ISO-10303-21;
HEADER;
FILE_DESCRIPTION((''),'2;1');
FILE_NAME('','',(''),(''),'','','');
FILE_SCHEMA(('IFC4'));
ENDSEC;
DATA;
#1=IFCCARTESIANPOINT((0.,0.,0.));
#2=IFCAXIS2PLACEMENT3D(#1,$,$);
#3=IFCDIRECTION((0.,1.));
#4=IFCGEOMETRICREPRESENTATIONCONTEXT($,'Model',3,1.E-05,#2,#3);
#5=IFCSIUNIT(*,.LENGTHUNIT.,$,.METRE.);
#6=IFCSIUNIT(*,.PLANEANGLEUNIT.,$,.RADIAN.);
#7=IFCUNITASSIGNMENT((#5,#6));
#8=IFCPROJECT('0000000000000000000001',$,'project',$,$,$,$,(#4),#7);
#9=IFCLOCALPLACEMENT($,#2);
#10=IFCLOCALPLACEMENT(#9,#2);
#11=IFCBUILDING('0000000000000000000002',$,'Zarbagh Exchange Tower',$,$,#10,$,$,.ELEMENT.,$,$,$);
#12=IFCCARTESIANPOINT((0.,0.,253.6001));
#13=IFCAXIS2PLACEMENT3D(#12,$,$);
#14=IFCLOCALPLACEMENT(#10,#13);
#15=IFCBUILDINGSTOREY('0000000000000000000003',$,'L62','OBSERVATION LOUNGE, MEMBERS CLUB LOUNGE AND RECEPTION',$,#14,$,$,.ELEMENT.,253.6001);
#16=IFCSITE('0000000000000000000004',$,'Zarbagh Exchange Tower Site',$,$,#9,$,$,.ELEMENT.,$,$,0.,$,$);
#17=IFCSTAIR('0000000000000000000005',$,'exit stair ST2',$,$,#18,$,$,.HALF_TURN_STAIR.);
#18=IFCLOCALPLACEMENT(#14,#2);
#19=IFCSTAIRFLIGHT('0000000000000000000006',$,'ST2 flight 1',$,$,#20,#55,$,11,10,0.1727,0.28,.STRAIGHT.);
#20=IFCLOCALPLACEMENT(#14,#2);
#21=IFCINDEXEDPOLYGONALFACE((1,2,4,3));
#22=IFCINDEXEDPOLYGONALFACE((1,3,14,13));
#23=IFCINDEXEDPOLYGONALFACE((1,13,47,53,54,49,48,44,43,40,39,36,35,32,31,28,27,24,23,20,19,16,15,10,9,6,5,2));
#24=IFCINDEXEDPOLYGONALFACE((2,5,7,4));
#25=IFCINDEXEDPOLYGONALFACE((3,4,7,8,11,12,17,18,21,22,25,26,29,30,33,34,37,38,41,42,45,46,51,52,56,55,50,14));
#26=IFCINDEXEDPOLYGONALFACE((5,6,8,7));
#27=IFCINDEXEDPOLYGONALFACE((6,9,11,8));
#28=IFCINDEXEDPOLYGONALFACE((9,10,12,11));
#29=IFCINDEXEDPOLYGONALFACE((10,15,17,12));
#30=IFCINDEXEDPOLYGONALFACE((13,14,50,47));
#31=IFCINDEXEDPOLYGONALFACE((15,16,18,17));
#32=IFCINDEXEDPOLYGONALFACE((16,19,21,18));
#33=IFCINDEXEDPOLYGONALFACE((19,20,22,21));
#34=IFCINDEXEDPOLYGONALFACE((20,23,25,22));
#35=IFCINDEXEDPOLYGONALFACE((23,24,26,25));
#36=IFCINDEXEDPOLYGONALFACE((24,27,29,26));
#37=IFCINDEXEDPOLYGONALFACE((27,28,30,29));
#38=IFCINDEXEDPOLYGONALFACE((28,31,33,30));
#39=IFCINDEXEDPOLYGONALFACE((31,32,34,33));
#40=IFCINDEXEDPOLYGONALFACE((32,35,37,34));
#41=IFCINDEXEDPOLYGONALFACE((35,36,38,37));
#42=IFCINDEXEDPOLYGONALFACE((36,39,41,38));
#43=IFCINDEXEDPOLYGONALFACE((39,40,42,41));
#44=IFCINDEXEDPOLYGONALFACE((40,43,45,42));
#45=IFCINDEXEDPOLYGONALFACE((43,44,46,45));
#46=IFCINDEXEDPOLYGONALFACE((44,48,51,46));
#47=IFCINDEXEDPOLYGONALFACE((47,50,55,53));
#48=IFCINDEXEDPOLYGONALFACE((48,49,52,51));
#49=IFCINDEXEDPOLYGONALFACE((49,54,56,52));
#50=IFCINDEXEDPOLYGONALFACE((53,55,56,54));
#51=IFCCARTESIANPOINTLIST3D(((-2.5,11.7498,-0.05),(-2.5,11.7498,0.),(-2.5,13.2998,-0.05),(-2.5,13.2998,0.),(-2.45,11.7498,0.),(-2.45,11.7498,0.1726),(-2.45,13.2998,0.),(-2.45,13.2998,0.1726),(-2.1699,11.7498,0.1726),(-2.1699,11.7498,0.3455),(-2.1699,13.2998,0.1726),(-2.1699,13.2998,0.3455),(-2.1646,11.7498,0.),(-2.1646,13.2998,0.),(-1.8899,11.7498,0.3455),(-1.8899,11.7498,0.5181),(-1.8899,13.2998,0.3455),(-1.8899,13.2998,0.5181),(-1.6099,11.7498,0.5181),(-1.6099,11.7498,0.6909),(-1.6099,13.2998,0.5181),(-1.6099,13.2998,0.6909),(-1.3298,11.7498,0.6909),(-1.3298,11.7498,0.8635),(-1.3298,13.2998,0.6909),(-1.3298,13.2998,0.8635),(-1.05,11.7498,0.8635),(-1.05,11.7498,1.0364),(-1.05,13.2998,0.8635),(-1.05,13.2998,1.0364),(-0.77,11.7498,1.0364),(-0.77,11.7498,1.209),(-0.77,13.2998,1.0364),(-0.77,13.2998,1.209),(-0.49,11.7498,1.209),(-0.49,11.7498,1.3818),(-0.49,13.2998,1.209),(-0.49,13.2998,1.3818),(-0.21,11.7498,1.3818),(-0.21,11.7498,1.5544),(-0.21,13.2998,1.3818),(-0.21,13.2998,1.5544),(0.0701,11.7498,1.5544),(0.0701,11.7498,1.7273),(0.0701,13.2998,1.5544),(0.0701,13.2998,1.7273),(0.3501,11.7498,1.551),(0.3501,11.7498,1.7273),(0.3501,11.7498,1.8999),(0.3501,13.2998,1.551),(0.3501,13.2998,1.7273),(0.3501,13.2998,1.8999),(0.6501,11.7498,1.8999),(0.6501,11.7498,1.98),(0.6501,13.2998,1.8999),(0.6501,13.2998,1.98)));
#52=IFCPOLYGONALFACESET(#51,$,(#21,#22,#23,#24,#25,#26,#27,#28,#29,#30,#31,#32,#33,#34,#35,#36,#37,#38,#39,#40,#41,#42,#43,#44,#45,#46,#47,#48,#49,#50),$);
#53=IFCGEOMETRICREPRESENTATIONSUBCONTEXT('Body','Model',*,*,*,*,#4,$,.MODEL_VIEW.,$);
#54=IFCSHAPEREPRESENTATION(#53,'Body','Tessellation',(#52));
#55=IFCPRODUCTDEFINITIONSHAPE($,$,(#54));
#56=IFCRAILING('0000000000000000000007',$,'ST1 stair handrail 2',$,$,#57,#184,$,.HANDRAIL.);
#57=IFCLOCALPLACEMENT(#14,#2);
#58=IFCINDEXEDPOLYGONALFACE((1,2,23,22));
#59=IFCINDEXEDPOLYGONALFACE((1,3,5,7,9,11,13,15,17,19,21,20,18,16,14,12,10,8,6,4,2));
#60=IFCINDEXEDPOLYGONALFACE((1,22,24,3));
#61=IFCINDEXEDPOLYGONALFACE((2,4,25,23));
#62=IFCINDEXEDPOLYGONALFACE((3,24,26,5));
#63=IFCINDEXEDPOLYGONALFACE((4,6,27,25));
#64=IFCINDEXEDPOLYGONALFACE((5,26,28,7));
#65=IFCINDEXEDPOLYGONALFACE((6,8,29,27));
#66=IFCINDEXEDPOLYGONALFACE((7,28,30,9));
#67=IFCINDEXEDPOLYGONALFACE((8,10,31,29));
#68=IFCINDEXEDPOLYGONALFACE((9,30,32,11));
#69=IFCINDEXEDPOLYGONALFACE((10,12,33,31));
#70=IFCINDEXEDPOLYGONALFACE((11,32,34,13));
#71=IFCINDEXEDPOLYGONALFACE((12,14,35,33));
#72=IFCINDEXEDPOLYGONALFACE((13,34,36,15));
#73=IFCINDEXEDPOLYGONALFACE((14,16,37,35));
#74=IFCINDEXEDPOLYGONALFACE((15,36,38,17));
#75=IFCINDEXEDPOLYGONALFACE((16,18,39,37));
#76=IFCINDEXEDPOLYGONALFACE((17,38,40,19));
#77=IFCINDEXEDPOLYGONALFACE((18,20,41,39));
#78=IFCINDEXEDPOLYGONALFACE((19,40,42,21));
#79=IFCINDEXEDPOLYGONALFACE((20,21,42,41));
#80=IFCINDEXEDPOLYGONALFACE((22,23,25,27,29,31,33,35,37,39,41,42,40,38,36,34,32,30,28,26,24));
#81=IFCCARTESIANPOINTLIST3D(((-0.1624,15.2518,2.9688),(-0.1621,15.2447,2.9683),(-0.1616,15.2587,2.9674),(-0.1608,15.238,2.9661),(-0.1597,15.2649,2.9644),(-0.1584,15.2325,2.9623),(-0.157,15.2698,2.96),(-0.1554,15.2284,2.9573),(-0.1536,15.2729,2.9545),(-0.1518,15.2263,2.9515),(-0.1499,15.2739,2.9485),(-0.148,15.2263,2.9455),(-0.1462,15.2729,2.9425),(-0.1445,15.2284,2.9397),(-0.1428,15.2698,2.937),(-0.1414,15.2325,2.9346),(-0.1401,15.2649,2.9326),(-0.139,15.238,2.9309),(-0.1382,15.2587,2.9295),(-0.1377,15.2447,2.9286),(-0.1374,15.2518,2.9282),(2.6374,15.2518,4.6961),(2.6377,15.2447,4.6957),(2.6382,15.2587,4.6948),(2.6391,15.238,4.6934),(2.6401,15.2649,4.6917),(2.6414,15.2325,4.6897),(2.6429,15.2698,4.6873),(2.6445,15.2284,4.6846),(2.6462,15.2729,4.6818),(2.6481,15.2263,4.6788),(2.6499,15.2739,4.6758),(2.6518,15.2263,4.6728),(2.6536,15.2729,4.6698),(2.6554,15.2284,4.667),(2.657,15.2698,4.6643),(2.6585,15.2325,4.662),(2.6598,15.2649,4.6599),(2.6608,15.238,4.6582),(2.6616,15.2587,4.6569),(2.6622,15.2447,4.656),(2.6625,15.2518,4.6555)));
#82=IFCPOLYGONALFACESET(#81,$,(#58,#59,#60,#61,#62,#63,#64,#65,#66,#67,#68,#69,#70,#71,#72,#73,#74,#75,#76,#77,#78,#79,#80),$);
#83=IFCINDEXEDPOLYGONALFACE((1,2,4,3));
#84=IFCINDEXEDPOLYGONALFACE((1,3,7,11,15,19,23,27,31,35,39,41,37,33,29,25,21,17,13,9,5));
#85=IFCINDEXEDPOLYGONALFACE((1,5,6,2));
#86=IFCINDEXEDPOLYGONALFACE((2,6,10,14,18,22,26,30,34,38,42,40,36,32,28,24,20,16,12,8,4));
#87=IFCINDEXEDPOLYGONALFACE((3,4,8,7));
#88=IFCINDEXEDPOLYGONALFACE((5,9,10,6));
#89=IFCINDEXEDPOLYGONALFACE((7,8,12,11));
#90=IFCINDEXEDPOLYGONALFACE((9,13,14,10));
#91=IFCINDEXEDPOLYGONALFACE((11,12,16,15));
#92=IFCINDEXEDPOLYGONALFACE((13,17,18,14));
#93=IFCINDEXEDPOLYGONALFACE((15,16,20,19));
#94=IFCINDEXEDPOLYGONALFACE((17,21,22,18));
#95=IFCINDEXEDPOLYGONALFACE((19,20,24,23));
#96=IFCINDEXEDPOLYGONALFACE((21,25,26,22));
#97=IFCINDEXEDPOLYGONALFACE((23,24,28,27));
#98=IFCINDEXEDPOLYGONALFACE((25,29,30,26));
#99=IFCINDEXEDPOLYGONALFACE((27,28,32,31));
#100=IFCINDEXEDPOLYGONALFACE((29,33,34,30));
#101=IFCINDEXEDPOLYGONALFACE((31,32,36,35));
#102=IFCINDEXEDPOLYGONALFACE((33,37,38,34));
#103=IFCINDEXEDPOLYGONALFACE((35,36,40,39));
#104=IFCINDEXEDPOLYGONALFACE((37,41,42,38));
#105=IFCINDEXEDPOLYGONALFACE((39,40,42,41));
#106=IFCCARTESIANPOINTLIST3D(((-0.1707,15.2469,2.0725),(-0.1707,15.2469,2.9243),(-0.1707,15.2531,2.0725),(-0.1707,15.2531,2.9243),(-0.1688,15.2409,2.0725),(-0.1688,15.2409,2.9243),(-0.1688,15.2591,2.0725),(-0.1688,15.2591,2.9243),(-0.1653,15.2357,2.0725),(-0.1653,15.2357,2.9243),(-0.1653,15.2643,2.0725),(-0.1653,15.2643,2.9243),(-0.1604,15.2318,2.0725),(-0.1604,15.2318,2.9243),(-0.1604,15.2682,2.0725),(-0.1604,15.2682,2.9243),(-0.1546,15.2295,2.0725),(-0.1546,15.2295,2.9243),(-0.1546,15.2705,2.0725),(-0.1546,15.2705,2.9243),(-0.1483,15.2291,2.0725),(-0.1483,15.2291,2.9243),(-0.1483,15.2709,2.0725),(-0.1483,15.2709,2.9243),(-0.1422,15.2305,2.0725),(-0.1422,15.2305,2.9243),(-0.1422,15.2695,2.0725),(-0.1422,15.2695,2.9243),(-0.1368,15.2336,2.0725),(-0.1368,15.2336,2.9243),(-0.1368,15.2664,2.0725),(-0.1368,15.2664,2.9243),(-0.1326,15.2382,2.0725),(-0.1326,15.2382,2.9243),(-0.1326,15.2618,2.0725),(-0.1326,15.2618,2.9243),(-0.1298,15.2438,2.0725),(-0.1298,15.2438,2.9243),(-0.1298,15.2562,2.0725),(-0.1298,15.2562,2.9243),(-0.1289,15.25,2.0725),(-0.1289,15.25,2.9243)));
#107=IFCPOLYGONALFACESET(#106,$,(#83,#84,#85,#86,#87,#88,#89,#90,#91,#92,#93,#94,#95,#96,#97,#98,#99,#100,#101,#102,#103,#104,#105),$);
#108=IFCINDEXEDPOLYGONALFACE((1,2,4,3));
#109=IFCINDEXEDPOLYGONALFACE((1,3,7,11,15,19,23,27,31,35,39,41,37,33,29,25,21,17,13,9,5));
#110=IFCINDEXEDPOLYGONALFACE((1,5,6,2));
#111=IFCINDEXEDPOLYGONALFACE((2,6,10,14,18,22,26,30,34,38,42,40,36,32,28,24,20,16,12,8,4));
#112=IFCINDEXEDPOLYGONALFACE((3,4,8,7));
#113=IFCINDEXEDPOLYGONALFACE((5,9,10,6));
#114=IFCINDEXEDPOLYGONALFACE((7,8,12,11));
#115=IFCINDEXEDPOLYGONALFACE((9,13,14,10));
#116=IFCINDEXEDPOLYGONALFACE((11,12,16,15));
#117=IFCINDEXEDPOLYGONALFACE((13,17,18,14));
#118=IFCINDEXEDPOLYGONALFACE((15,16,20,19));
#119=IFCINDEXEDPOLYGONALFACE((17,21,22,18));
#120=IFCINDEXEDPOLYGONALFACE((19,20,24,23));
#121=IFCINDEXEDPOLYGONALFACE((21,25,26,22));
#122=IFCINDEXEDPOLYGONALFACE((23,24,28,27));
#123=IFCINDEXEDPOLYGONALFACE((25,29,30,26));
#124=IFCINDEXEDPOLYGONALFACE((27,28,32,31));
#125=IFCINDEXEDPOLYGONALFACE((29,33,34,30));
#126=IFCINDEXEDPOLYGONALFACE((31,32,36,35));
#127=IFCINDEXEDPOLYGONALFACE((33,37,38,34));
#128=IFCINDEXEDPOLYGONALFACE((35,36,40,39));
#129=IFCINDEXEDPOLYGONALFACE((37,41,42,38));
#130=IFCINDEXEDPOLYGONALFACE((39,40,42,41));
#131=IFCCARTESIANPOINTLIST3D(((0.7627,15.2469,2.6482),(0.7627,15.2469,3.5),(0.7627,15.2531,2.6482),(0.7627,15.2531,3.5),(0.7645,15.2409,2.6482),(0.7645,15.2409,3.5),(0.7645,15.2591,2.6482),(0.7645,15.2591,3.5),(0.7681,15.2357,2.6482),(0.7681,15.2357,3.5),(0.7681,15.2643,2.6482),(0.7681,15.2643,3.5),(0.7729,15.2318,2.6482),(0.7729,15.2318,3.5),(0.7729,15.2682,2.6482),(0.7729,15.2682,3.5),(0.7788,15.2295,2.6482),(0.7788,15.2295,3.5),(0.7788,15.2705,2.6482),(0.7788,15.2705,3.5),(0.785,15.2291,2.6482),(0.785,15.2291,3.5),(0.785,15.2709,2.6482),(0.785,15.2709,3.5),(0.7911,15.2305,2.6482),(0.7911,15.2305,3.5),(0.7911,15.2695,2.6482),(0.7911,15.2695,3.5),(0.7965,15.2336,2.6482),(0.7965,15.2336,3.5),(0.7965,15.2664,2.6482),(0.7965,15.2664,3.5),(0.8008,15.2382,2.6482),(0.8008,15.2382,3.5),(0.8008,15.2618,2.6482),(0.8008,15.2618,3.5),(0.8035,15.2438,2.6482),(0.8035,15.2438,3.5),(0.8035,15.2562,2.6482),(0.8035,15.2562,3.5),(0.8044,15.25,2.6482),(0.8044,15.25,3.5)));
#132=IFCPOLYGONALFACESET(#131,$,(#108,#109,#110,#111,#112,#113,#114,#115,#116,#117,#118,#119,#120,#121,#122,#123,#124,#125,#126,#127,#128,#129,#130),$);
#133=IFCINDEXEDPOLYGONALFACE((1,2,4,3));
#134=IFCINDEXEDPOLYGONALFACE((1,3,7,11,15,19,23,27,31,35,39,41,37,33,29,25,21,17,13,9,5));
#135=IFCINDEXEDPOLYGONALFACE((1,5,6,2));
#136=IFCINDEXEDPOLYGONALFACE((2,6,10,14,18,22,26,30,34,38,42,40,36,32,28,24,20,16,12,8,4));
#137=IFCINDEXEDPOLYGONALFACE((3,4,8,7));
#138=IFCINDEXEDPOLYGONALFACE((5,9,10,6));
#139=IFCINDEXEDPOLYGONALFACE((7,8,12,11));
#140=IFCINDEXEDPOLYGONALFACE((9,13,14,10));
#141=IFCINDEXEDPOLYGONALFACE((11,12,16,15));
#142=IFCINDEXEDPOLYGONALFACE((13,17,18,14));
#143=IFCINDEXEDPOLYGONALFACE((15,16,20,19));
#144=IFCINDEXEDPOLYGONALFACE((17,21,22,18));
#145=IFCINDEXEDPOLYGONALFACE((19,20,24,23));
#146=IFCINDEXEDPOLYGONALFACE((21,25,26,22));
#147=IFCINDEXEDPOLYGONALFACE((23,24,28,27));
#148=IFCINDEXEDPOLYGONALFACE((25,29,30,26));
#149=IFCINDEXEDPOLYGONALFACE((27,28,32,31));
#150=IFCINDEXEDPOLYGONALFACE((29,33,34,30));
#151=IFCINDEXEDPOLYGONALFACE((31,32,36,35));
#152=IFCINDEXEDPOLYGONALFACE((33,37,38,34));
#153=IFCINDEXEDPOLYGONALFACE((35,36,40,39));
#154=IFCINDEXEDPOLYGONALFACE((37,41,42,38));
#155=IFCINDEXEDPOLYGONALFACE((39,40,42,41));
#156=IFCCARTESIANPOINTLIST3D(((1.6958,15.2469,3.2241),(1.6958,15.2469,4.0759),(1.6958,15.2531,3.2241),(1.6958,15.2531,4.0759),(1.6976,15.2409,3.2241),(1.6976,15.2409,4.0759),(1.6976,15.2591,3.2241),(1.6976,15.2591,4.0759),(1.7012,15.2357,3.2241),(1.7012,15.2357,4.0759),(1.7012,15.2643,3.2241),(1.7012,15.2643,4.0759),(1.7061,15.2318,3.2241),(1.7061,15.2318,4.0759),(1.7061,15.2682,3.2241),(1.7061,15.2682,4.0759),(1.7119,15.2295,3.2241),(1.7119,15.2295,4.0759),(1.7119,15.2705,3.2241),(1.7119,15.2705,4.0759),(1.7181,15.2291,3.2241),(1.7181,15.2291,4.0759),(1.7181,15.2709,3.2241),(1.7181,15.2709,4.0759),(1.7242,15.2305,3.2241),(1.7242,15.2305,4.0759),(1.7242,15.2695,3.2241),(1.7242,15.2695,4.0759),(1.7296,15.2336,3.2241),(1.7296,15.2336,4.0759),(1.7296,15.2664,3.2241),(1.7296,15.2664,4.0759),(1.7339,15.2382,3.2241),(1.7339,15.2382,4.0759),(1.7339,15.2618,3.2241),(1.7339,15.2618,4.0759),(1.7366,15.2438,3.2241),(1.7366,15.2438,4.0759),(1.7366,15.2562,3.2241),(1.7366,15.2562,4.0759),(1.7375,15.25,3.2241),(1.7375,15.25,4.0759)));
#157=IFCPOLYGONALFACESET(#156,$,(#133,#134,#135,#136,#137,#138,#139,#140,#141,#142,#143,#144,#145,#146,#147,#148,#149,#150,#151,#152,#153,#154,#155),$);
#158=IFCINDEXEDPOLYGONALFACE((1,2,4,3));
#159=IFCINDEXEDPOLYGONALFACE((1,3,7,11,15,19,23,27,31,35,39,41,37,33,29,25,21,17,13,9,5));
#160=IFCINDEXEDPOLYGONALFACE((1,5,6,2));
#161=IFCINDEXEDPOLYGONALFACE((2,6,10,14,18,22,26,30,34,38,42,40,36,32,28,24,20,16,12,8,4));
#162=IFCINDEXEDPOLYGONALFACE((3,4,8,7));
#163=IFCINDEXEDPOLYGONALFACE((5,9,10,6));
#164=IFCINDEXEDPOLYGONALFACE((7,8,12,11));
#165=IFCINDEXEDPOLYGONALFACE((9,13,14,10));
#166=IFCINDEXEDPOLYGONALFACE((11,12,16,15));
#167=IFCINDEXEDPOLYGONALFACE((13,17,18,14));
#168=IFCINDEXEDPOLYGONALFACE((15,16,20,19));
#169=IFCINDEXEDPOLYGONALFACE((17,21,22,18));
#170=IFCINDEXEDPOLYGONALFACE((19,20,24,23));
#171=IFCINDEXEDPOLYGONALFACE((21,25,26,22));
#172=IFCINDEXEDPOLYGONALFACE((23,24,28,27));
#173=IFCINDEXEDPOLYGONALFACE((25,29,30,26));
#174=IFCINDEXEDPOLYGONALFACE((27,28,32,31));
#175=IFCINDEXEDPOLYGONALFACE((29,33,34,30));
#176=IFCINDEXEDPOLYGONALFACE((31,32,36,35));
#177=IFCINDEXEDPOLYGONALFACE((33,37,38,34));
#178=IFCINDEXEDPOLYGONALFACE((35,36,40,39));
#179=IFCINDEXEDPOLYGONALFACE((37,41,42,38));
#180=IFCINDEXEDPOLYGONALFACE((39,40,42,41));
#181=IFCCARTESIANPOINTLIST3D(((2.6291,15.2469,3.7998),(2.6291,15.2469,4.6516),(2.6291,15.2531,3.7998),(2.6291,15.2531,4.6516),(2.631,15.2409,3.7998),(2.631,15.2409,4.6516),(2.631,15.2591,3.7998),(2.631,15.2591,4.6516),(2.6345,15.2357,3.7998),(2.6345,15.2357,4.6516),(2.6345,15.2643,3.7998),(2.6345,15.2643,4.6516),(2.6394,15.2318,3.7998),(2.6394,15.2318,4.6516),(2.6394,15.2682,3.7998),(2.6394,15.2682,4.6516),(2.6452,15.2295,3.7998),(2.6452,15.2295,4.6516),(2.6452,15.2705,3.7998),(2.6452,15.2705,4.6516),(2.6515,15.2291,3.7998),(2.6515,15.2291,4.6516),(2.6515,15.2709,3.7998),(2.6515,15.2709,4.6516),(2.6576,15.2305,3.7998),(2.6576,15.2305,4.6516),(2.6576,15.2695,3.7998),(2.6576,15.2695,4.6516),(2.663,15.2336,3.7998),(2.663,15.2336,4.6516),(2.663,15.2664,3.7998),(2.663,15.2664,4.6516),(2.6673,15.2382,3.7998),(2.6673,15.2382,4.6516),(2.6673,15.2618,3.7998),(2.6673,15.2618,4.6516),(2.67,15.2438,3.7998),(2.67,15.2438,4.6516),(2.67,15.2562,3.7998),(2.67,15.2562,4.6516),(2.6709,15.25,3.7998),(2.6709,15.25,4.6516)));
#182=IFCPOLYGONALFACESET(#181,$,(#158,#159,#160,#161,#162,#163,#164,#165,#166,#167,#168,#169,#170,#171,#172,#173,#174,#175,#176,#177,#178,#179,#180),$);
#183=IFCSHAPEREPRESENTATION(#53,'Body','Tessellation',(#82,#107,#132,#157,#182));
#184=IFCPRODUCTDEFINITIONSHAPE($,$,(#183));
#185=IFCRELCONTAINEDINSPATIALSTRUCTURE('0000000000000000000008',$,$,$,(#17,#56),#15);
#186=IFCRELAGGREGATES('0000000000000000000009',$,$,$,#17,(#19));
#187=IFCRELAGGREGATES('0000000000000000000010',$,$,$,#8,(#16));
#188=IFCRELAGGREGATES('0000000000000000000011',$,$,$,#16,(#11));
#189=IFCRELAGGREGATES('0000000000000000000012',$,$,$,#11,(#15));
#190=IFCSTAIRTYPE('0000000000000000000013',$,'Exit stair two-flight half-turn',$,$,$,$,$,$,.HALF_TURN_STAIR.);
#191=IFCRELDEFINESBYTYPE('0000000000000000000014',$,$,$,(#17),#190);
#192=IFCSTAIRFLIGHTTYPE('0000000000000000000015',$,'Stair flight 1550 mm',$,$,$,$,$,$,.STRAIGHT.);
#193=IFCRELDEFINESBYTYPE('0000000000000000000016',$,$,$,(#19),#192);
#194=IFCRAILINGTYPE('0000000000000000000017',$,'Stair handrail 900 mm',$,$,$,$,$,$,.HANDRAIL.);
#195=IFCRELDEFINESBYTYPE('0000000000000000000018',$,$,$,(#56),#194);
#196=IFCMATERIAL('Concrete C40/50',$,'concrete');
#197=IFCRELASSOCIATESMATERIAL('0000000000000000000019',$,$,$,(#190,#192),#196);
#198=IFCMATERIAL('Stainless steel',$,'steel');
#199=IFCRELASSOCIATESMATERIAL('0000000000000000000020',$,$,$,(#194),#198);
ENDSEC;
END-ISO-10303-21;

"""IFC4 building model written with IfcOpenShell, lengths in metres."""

from ifc_helpers import new_model, si_unit, direction, frame, origin, origin_2d, place, context, subcontext, project, spatial, polyline, circle, outline, extrude, material, type_object, element, aggregate, save


model = new_model("IFC4")

# Units and contexts
model_context = context("Model", 3, precision=1e-05, world=origin(), true_north=direction((0.0, 1.0)))
body_context = subcontext(model_context, "Body", "Model", "MODEL_VIEW")
ifc_project = project(units=[si_unit("LENGTHUNIT", "METRE"), si_unit("PLANEANGLEUNIT", "RADIAN")], contexts=[model_context])

# Site, building, storey
site_placement = place(None, origin())
site = spatial("IfcSite", under=ifc_project, at=site_placement, Name="Zarbagh Exchange Tower Site", CompositionType="ELEMENT", RefElevation=0.0)
building_placement = place(site_placement, origin())
building = spatial("IfcBuilding", under=site, at=building_placement, Name="Zarbagh Exchange Tower", CompositionType="ELEMENT")
storey_placement = place(building_placement, frame((0.0, 0.0, 253.6001)))
storey = spatial("IfcBuildingStorey", under=building, at=storey_placement, Name="L62", Description="OBSERVATION LOUNGE, MEMBERS CLUB LOUNGE AND RECEPTION", CompositionType="ELEMENT", Elevation=253.6001)

# Shared definitions
ifc_material_1 = material(Name="Concrete C40/50", Category="concrete")

# Stair, stair flight
stair_type = type_object("IfcStairType", Name="Exit stair two-flight half-turn", PredefinedType="HALF_TURN_STAIR", material=ifc_material_1)
stair_1_placement = place(storey_placement, origin())
stair_1 = element("IfcStair", 1, at=stair_1_placement, inside=storey, type_object=stair_type, Name="exit stair ST2", PredefinedType="HALF_TURN_STAIR")
stair_flight_type_1 = type_object("IfcStairFlightType", Name="Stair flight 1550 mm", PredefinedType="STRAIGHT", material=ifc_material_1)
stair_flight_1_placement = place(storey_placement, frame((-2.45, 12.5249, 0.0), z_axis=(0.0, 0.0, 1.0), x_axis=(1.0, 0.0, 0.0)))
stair_flight_1 = element("IfcStairFlight", 2, at=stair_flight_1_placement, type_object=stair_flight_type_1, Name="ST2 flight 1", NumberOfRisers=11, NumberOfTreads=10, PredefinedType="STRAIGHT", RiserHeight=0.1727, TreadLength=0.28, context=body_context, shape_type="SweptSolid", body=[
    extrude(outline(polyline([(-0.05, -0.05), (-0.05, 0.0), (0.0, 0.0), (0.0, 0.1726), (0.28, 0.1726), (0.28, 0.3455), (0.5601, 0.3455), (0.5601, 0.5181), (0.8401, 0.5181), (0.8401, 0.6909), (1.1201, 0.6909), (1.1201, 0.8635), (1.3999, 0.8635), (1.3999, 1.0364), (1.6799, 1.0364), (1.6799, 1.209), (1.96, 1.209), (1.96, 1.3818), (2.24, 1.3818), (2.24, 1.5544), (2.52, 1.5544), (2.52, 1.7273), (2.8, 1.7273), (2.8, 1.8999), (3.1001, 1.98), (3.1001, 1.8999), (2.8, 1.551), (0.2854, 0.0), (-0.05, -0.05)])), frame((0.0, 0.7749, 0.0), z_axis=(0.0, -1.0, 0.0), x_axis=(1.0, 0.0, 0.0)), (0.0, 0.0, 1.0), 1.55),
])
aggregate(stair_1, [stair_flight_1])

# Railing
ifc_material_2 = material(Name="Stainless steel", Category="steel")
railing_type = type_object("IfcRailingType", Name="Stair handrail 900 mm", PredefinedType="HANDRAIL", material=ifc_material_2)
railing_1_placement = place(storey_placement, frame((-0.1499, 15.25, 2.0725)))
element("IfcRailing", 3, at=railing_1_placement, inside=storey, type_object=railing_type, Name="ST1 stair handrail 2", PredefinedType="HANDRAIL", context=body_context, shape_type="SweptSolid", body=[
    extrude(circle(Radius=0.0239, at=origin_2d()), frame((0.0, 0.0, 0.876), z_axis=(0.851069, 0.0, 0.525054), x_axis=(0.0, 1.0, 0.0)), (0.0, 0.0, 1.0), 3.2898),
    extrude(circle(Radius=0.021, at=origin_2d()), origin(), (0.0, 0.0, 1.0), 0.8518),
    extrude(circle(Radius=0.021, at=origin_2d()), frame((0.9333, 0.0, 0.5757)), (0.0, 0.0, 1.0), 0.8518),
    extrude(circle(Radius=0.021, at=origin_2d()), frame((1.8665, 0.0, 1.1516)), (0.0, 0.0, 1.0), 0.8518),
    extrude(circle(Radius=0.021, at=origin_2d()), frame((2.7998, 0.0, 1.7273)), (0.0, 0.0, 1.0), 0.8518),
])

save(model, "model.ifc")
